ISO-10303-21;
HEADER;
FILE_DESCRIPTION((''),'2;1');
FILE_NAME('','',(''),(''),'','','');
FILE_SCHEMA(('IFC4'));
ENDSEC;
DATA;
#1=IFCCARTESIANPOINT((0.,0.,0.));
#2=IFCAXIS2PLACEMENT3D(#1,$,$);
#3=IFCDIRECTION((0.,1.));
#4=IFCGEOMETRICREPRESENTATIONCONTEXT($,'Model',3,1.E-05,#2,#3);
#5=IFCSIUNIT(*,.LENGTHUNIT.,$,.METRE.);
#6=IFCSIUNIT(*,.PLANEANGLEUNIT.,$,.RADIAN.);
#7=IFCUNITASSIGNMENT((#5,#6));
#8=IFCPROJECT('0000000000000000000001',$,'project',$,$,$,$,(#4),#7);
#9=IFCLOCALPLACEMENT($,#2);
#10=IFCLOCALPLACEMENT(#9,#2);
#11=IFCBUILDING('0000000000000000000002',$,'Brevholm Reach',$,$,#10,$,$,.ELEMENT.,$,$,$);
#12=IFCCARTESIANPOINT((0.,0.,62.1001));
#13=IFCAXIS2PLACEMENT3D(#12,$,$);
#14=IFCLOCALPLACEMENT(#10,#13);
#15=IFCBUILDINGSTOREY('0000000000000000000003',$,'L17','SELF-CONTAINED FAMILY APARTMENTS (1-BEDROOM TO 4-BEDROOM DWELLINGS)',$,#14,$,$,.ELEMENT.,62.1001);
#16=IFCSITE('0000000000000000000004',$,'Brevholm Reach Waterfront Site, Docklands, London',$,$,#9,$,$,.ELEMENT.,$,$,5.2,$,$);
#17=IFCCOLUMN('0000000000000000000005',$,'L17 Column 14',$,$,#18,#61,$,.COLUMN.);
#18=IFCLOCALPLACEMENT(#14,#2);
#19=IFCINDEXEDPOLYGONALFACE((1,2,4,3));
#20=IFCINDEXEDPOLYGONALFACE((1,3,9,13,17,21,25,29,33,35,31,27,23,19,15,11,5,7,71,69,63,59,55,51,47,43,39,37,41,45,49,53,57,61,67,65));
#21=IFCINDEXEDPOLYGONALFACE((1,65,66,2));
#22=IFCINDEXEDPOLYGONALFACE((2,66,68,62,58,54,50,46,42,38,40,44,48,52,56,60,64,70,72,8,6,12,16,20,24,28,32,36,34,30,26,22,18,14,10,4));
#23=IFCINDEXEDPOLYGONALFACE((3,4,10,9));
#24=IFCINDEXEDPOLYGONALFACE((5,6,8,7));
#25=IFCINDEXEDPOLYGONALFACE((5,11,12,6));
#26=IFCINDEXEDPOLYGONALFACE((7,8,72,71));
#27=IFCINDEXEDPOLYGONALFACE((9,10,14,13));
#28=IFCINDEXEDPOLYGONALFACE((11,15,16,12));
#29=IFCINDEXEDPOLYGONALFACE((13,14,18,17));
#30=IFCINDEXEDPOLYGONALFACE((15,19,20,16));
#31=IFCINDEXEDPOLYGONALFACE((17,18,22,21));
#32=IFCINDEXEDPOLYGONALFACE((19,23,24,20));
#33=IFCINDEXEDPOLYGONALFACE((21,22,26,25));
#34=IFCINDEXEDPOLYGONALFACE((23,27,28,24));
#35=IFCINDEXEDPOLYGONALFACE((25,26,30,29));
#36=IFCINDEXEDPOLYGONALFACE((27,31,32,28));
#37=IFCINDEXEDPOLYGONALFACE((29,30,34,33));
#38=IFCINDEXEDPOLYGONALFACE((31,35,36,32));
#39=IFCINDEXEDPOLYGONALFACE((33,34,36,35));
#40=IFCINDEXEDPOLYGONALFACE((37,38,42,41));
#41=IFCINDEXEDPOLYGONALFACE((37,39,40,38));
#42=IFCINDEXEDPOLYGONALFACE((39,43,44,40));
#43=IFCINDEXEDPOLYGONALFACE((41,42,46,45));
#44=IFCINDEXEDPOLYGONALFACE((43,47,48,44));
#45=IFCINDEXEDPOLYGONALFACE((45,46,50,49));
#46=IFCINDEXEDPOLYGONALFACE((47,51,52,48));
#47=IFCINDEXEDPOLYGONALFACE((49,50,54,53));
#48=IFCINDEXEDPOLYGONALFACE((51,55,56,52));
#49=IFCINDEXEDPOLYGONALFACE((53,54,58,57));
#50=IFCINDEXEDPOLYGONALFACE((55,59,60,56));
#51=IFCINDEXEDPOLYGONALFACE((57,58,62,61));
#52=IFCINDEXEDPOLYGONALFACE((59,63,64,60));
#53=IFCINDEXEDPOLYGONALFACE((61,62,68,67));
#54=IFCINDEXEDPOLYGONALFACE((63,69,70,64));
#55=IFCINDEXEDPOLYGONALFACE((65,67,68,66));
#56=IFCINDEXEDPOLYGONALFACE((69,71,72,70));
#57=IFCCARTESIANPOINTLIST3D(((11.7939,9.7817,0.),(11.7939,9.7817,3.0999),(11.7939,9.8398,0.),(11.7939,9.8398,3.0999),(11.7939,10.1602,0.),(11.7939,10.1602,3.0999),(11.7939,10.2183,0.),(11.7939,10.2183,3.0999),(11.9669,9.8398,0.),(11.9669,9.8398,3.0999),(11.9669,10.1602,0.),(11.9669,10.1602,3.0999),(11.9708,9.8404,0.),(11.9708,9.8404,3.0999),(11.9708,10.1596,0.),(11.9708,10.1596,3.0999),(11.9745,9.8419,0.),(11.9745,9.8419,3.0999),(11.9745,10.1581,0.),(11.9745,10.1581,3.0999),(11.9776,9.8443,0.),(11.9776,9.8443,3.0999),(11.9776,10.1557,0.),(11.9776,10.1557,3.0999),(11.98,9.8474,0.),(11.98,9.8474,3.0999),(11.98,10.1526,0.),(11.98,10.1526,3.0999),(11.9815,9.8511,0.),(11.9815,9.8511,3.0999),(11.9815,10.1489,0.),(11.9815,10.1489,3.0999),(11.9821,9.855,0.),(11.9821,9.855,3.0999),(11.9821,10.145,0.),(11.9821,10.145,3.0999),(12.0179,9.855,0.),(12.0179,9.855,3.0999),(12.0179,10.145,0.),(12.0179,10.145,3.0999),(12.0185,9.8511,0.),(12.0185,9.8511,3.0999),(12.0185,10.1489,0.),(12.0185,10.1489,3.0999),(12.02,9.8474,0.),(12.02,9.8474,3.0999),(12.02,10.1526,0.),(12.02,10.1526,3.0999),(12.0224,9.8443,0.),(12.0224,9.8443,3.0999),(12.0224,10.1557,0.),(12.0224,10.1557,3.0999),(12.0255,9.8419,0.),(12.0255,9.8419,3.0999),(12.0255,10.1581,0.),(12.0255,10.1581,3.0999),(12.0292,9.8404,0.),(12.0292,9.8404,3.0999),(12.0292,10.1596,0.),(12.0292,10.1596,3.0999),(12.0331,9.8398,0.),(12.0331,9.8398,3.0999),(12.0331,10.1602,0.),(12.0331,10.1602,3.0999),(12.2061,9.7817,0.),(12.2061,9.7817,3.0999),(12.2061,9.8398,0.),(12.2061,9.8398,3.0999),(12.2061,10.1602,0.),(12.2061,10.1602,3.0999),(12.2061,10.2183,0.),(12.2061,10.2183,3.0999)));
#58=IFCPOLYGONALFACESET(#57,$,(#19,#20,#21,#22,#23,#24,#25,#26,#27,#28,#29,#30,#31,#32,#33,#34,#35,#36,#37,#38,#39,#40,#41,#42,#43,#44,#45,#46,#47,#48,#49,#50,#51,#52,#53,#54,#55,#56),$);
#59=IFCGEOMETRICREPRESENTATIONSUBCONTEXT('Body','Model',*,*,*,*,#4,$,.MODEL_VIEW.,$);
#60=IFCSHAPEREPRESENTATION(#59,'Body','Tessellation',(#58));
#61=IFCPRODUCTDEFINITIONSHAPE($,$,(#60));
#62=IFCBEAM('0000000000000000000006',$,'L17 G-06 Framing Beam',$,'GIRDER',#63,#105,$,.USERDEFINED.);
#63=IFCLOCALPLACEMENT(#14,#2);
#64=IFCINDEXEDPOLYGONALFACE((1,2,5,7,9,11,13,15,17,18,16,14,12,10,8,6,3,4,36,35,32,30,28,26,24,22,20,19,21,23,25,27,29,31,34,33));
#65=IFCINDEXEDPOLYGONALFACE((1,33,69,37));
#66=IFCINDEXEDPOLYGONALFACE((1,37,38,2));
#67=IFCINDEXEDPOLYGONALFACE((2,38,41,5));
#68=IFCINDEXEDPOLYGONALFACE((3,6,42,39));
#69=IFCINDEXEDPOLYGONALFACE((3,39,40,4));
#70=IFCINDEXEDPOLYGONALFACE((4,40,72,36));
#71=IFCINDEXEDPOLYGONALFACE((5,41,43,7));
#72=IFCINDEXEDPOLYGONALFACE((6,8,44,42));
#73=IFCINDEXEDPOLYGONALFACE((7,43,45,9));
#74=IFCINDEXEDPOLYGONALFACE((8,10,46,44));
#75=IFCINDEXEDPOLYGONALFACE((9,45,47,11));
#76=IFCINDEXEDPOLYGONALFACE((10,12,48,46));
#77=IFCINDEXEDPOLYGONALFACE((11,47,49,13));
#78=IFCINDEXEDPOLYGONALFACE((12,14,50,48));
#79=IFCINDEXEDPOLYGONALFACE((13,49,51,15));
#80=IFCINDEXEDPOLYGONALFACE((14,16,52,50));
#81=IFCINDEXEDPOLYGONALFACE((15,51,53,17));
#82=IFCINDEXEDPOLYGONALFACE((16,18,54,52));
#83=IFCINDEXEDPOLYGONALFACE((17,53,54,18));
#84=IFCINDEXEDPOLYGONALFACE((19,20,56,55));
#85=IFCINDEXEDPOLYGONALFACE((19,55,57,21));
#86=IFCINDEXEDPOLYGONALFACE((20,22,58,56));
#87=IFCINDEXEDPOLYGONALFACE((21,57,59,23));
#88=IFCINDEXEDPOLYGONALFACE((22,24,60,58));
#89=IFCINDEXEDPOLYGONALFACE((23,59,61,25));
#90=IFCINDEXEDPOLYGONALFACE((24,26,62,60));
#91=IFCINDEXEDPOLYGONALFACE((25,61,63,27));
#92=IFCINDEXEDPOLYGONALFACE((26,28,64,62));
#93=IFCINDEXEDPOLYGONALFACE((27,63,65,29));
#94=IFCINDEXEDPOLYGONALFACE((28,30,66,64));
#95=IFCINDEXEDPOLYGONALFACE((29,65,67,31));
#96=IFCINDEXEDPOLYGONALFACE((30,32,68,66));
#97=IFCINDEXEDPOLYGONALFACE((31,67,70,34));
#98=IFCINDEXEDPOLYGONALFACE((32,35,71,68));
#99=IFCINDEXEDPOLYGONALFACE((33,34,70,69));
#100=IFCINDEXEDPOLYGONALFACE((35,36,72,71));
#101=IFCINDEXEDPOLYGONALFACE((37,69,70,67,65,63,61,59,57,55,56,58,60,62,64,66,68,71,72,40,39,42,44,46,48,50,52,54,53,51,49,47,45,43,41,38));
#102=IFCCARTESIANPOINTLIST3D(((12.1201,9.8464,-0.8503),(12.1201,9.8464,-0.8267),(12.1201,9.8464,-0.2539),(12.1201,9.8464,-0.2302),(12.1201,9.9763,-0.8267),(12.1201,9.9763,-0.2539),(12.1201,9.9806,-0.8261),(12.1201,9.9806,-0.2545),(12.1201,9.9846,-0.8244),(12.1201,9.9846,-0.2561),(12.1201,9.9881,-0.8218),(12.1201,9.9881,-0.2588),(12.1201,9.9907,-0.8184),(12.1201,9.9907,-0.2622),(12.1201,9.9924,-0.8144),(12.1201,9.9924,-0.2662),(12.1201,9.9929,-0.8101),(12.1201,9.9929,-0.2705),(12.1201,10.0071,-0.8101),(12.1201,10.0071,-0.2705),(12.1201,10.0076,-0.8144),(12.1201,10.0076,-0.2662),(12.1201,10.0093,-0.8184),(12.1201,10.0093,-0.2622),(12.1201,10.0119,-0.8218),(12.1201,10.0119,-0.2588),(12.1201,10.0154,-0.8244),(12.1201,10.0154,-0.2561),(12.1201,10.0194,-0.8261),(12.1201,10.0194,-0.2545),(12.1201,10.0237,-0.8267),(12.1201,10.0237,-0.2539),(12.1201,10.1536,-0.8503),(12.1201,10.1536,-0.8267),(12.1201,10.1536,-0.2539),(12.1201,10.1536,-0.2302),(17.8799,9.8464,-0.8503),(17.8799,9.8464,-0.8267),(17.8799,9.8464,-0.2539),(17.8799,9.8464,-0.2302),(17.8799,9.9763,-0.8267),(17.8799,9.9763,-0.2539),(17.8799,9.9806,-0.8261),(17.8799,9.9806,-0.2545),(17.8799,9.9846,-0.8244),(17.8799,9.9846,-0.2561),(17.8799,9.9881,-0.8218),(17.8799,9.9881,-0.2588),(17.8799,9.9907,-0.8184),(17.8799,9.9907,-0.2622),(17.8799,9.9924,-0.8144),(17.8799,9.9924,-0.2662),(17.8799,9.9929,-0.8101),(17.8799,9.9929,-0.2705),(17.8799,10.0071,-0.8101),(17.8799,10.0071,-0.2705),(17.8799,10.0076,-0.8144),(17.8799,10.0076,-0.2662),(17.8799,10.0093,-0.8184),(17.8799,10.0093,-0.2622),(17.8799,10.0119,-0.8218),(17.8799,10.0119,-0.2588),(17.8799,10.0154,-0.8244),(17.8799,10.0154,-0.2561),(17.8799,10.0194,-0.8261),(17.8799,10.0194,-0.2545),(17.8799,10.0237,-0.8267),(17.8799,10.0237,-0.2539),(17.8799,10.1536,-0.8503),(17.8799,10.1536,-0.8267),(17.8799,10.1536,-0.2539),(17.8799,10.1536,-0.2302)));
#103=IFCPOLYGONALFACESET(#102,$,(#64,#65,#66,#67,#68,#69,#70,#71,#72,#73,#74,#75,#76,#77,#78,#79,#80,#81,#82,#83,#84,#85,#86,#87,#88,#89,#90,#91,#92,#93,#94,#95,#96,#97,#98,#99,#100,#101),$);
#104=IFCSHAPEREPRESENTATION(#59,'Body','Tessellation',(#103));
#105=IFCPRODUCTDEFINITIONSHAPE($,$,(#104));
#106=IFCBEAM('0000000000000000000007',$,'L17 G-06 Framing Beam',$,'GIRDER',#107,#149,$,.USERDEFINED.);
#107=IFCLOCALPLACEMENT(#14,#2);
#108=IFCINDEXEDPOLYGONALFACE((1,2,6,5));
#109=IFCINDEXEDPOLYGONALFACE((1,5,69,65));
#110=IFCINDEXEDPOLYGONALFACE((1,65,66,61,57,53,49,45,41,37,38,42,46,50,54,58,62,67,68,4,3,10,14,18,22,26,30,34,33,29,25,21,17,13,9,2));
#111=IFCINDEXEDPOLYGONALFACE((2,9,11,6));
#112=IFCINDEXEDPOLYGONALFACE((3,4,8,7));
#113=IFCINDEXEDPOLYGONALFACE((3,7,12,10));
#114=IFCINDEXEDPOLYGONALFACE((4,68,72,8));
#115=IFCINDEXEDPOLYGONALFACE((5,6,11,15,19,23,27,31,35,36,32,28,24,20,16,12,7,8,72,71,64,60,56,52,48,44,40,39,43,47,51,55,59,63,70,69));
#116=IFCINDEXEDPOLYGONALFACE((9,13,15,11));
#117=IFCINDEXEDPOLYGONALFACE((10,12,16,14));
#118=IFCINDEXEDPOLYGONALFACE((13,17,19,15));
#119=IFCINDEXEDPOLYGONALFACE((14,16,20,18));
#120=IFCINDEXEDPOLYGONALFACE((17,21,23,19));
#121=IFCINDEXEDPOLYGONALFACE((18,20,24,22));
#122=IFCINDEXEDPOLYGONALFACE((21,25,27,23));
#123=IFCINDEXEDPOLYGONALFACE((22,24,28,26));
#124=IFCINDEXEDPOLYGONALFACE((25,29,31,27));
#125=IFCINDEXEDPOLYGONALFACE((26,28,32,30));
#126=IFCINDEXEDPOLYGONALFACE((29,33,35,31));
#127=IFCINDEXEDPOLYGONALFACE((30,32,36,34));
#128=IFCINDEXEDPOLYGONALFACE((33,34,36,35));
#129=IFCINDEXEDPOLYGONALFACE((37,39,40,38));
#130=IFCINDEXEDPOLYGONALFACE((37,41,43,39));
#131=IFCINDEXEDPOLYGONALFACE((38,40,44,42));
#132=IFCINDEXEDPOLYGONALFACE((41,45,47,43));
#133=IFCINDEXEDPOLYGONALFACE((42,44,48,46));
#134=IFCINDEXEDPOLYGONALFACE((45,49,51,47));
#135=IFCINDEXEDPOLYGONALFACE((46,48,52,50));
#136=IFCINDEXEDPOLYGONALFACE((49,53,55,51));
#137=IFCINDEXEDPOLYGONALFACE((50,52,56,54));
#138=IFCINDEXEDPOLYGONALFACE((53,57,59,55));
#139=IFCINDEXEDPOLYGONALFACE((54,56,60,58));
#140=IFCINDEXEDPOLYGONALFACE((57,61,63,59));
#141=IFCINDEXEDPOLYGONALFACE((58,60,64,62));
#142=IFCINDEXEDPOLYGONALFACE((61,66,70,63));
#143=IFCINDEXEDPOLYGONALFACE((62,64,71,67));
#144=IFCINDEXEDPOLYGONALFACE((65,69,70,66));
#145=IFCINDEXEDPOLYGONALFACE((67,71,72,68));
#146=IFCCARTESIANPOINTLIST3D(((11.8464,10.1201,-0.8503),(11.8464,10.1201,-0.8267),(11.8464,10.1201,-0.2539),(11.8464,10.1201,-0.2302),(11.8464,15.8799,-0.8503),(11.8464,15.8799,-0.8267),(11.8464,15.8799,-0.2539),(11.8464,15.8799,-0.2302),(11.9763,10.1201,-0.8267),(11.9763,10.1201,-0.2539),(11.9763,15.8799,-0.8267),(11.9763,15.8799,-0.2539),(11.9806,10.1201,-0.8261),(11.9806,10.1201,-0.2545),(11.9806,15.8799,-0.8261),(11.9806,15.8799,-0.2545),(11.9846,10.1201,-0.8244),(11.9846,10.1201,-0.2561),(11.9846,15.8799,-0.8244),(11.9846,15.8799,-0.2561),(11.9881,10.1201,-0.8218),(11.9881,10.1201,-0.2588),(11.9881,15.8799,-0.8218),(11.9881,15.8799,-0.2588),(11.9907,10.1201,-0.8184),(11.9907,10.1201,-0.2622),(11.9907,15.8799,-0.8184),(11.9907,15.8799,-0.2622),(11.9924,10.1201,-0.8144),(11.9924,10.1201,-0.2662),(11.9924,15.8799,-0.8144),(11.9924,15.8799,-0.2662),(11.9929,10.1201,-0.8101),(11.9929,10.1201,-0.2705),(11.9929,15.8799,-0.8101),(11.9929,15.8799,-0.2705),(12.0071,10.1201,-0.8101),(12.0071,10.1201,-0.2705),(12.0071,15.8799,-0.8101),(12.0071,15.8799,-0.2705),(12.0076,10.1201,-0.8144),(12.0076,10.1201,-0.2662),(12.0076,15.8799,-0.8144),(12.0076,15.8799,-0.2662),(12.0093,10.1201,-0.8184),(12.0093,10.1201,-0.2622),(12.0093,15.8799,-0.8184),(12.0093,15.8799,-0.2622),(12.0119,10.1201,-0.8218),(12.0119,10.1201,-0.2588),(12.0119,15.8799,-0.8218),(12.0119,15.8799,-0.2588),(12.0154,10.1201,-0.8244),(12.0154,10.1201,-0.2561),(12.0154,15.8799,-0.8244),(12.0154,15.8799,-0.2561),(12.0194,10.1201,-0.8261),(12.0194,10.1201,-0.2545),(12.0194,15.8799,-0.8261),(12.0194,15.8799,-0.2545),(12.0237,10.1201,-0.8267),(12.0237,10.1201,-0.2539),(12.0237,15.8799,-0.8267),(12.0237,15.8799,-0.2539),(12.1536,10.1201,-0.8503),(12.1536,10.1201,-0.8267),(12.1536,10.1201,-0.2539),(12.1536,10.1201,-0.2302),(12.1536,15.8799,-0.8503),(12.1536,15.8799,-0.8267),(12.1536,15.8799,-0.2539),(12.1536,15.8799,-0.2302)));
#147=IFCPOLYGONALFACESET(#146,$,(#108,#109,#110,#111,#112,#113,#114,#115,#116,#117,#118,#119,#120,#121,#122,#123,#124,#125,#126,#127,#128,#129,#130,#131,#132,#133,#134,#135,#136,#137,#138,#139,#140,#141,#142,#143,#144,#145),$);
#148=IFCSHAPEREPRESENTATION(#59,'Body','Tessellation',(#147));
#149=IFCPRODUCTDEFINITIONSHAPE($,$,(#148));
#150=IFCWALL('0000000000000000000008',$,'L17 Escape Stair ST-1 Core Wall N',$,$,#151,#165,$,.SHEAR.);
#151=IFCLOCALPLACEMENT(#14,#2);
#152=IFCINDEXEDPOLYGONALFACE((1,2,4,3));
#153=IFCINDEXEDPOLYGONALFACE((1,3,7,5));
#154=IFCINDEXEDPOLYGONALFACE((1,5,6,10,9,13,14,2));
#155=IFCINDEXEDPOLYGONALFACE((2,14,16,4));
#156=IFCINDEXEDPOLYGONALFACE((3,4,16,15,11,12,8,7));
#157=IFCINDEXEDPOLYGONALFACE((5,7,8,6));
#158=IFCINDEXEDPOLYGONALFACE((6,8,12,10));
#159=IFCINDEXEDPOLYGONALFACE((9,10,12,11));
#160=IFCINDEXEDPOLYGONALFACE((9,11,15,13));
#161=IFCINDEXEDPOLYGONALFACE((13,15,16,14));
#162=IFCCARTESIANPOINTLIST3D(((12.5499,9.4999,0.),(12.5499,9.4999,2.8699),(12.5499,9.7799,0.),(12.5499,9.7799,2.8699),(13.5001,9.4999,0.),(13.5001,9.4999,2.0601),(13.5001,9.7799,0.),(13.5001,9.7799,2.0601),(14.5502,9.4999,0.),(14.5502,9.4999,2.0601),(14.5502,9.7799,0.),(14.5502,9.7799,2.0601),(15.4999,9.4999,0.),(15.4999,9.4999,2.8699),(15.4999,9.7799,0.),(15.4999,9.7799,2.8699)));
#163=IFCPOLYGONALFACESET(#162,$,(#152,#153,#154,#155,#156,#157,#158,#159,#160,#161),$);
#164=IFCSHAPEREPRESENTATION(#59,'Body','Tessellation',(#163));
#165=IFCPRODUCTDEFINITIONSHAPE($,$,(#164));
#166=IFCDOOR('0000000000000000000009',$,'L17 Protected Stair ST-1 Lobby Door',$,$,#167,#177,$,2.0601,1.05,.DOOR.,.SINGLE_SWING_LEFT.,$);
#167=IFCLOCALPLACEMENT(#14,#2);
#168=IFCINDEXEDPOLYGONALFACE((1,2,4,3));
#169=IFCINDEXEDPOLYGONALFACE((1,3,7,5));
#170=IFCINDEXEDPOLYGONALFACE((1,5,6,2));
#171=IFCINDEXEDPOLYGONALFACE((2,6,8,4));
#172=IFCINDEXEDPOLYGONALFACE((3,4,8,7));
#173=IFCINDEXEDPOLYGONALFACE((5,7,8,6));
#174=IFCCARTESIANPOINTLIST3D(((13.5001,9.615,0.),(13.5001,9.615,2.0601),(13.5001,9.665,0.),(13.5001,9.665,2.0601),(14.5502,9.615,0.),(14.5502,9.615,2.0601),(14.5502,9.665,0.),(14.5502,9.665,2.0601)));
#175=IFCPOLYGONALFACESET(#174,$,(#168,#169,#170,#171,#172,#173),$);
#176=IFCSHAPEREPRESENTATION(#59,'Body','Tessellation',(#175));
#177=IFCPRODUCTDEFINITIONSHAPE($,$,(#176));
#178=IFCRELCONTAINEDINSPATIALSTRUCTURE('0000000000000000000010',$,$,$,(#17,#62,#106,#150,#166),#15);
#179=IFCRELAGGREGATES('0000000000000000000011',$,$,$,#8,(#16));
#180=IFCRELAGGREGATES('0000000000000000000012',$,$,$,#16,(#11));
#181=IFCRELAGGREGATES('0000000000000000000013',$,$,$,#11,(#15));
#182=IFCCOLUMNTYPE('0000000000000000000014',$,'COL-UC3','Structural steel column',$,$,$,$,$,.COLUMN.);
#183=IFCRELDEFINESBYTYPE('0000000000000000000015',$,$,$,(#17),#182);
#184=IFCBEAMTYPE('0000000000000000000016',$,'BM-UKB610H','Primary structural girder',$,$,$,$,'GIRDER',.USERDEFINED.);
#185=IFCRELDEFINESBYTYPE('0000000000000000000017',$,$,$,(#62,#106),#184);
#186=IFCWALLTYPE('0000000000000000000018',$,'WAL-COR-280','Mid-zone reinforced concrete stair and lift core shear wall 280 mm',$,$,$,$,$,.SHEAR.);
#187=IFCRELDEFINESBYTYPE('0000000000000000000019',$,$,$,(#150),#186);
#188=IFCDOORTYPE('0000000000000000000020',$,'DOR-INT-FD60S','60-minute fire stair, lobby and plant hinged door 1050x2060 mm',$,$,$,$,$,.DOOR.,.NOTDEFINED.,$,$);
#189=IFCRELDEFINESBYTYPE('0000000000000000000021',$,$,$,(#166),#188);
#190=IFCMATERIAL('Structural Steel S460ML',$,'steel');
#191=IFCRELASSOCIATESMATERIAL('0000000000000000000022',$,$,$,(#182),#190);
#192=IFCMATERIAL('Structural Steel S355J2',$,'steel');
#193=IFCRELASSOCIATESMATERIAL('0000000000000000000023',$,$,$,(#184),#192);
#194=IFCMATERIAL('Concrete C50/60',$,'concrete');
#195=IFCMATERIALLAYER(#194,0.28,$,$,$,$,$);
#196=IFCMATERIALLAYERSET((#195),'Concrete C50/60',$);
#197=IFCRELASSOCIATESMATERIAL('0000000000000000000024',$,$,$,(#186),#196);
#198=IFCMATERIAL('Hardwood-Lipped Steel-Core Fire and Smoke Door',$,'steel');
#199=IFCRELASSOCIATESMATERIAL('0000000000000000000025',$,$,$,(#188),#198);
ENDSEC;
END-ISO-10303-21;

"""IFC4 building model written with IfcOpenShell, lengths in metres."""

from ifc_helpers import new_model, si_unit, direction, frame, frame_2d, origin, origin_2d, place, context, subcontext, project, spatial, rectangle, i_section, extrude, material, layer, layer_set, material_profile, profile_set, type_object, element, fill, save


model = new_model("IFC4")

# Units and contexts
model_context = context("Model", 3, precision=1e-05, world=origin(), true_north=direction((0.0, 1.0)))
body_context = subcontext(model_context, "Body", "Model", "MODEL_VIEW")
ifc_project = project(units=[si_unit("LENGTHUNIT", "METRE"), si_unit("PLANEANGLEUNIT", "RADIAN")], contexts=[model_context])

# Site, building, storey
site_placement = place(None, origin())
site = spatial("IfcSite", under=ifc_project, at=site_placement, Name="Brevholm Reach Waterfront Site, Docklands, London", CompositionType="ELEMENT", RefElevation=5.2)
building_placement = place(site_placement, origin())
building = spatial("IfcBuilding", under=site, at=building_placement, Name="Brevholm Reach", CompositionType="ELEMENT")
storey_placement = place(building_placement, frame((0.0, 0.0, 62.1001)))
storey = spatial("IfcBuildingStorey", under=building, at=storey_placement, Name="L17", Description="SELF-CONTAINED FAMILY APARTMENTS (1-BEDROOM TO 4-BEDROOM DWELLINGS)", CompositionType="ELEMENT", Elevation=62.1001)

# Column
ifc_material_1 = material(Name="Structural Steel S460ML", Category="steel")
ifc_material_profile_1 = material_profile(ifc_material_1, i_section(OverallWidth=0.4121, OverallDepth=0.4365, WebThickness=0.0359, FlangeThickness=0.0581, FilletRadius=0.0151, at=origin_2d()), Name="UKC 356x406x467")
ifc_profile_set_1 = profile_set([ifc_material_profile_1], Name="Structural Steel S460ML")
column_type = type_object("IfcColumnType", Name="COL-UC3", Description="Structural steel column", PredefinedType="COLUMN", material=ifc_profile_set_1)
column_placement = place(storey_placement, frame((12.0, 10.0, 0.0), z_axis=(0.0, 0.0, 1.0), x_axis=(1.0, 0.0, 0.0)))
element("IfcColumn", 1, at=column_placement, inside=storey, type_object=column_type, Name="L17 Column 14", PredefinedType="COLUMN", context=body_context, shape_type="SweptSolid", body=[
    extrude(i_section(OverallWidth=0.4121, OverallDepth=0.4365, WebThickness=0.0359, FlangeThickness=0.0581, FilletRadius=0.0151, at=origin_2d()), origin(), (0.0, 0.0, 1.0), 3.0999),
])

# Beams
ifc_material_2 = material(Name="Structural Steel S355J2", Category="steel")
ifc_material_profile_2 = material_profile(ifc_material_2, i_section(OverallWidth=0.3071, OverallDepth=0.6201, WebThickness=0.0142, FlangeThickness=0.0237, FilletRadius=0.0166, at=origin_2d()), Name="UKB 610x305x179")
ifc_profile_set_2 = profile_set([ifc_material_profile_2], Name="Structural Steel S355J2")
beam_type = type_object("IfcBeamType", Name="BM-UKB610H", Description="Primary structural girder", ElementType="GIRDER", PredefinedType="USERDEFINED", material=ifc_profile_set_2)
for number, where, z_axis, x_axis, name in (
    (2, (12.1201, 10.0, -0.5403), (1.0, 0.0, 0.0), (0.0, 1.0, 0.0), "L17 G-06 Framing Beam"),
    (3, (12.0, 10.1201, -0.5403), (0.0, 1.0, 0.0), (-1.0, 0.0, 0.0), "L17 G-06 Framing Beam"),
):
    element("IfcBeam", number, at=place(storey_placement, frame(where, z_axis=z_axis, x_axis=x_axis)), inside=storey, type_object=beam_type, Name=name, ObjectType="GIRDER", PredefinedType="USERDEFINED", context=body_context, shape_type="SweptSolid", body=[
        extrude(i_section(OverallWidth=0.3071, OverallDepth=0.6201, WebThickness=0.0142, FlangeThickness=0.0237, FilletRadius=0.0166, at=origin_2d()), origin(), (0.0, 0.0, 1.0), 5.7598),
    ])

# Wall, opening, door
ifc_material_3 = material(Name="Concrete C50/60", Category="concrete")
ifc_layer_1 = layer(ifc_material_3, 0.28)
ifc_layer_set_1 = layer_set([ifc_layer_1], Name="Concrete C50/60")
wall_type_1 = type_object("IfcWallType", Name="WAL-COR-280", Description="Mid-zone reinforced concrete stair and lift core shear wall 280 mm", PredefinedType="SHEAR", material=ifc_layer_set_1)
wall_1_placement = place(storey_placement, frame((15.5, 9.6399, 0.0), z_axis=(0.0, 0.0, 1.0), x_axis=(-1.0, 0.0, 0.0)))
wall_1 = element("IfcWall", 4, at=wall_1_placement, inside=storey, type_object=wall_type_1, Name="L17 Escape Stair ST-1 Core Wall N", PredefinedType="SHEAR", context=body_context, shape_type="SweptSolid", body=[
    extrude(rectangle(XDim=2.95, YDim=0.28, at=frame_2d((1.4751, 0.0))), origin(), (0.0, 0.0, 1.0), 2.8699),
])
opening_1_placement = place(wall_1_placement, frame((0.95, 0.0, 0.0)))
opening_1 = element("IfcOpeningElement", 5, at=opening_1_placement, cuts=wall_1, PredefinedType="OPENING", context=body_context, shape_type="SweptSolid", body=[
    extrude(rectangle(XDim=1.05, YDim=2.0601, at=frame_2d((0.5249, 1.03))), frame((0.0, 0.1499, 0.0), z_axis=(0.0, -1.0, 0.0), x_axis=(1.0, 0.0, 0.0)), (0.0, 0.0, 1.0), 0.3),
])
ifc_material_4 = material(Name="Hardwood-Lipped Steel-Core Fire and Smoke Door", Category="steel")
door_type_1 = type_object("IfcDoorType", Name="DOR-INT-FD60S", Description="60-minute fire stair, lobby and plant hinged door 1050x2060 mm", OperationType="NOTDEFINED", PredefinedType="DOOR", material=ifc_material_4)
door_1_placement = place(opening_1_placement, origin())
door_1 = element("IfcDoor", 6, at=door_1_placement, inside=storey, type_object=door_type_1, Name="L17 Protected Stair ST-1 Lobby Door", OperationType="SINGLE_SWING_LEFT", OverallHeight=2.0601, OverallWidth=1.05, PredefinedType="DOOR", context=body_context, shape_type="SweptSolid", body=[
    extrude(rectangle(XDim=1.05, YDim=2.0601, at=frame_2d((0.5249, 1.03))), frame((0.0, 0.0249, 0.0), z_axis=(0.0, -1.0, 0.0), x_axis=(1.0, 0.0, 0.0)), (0.0, 0.0, 1.0), 0.05),
])
fill(opening_1, door_1)

save(model, "model.ifc")
